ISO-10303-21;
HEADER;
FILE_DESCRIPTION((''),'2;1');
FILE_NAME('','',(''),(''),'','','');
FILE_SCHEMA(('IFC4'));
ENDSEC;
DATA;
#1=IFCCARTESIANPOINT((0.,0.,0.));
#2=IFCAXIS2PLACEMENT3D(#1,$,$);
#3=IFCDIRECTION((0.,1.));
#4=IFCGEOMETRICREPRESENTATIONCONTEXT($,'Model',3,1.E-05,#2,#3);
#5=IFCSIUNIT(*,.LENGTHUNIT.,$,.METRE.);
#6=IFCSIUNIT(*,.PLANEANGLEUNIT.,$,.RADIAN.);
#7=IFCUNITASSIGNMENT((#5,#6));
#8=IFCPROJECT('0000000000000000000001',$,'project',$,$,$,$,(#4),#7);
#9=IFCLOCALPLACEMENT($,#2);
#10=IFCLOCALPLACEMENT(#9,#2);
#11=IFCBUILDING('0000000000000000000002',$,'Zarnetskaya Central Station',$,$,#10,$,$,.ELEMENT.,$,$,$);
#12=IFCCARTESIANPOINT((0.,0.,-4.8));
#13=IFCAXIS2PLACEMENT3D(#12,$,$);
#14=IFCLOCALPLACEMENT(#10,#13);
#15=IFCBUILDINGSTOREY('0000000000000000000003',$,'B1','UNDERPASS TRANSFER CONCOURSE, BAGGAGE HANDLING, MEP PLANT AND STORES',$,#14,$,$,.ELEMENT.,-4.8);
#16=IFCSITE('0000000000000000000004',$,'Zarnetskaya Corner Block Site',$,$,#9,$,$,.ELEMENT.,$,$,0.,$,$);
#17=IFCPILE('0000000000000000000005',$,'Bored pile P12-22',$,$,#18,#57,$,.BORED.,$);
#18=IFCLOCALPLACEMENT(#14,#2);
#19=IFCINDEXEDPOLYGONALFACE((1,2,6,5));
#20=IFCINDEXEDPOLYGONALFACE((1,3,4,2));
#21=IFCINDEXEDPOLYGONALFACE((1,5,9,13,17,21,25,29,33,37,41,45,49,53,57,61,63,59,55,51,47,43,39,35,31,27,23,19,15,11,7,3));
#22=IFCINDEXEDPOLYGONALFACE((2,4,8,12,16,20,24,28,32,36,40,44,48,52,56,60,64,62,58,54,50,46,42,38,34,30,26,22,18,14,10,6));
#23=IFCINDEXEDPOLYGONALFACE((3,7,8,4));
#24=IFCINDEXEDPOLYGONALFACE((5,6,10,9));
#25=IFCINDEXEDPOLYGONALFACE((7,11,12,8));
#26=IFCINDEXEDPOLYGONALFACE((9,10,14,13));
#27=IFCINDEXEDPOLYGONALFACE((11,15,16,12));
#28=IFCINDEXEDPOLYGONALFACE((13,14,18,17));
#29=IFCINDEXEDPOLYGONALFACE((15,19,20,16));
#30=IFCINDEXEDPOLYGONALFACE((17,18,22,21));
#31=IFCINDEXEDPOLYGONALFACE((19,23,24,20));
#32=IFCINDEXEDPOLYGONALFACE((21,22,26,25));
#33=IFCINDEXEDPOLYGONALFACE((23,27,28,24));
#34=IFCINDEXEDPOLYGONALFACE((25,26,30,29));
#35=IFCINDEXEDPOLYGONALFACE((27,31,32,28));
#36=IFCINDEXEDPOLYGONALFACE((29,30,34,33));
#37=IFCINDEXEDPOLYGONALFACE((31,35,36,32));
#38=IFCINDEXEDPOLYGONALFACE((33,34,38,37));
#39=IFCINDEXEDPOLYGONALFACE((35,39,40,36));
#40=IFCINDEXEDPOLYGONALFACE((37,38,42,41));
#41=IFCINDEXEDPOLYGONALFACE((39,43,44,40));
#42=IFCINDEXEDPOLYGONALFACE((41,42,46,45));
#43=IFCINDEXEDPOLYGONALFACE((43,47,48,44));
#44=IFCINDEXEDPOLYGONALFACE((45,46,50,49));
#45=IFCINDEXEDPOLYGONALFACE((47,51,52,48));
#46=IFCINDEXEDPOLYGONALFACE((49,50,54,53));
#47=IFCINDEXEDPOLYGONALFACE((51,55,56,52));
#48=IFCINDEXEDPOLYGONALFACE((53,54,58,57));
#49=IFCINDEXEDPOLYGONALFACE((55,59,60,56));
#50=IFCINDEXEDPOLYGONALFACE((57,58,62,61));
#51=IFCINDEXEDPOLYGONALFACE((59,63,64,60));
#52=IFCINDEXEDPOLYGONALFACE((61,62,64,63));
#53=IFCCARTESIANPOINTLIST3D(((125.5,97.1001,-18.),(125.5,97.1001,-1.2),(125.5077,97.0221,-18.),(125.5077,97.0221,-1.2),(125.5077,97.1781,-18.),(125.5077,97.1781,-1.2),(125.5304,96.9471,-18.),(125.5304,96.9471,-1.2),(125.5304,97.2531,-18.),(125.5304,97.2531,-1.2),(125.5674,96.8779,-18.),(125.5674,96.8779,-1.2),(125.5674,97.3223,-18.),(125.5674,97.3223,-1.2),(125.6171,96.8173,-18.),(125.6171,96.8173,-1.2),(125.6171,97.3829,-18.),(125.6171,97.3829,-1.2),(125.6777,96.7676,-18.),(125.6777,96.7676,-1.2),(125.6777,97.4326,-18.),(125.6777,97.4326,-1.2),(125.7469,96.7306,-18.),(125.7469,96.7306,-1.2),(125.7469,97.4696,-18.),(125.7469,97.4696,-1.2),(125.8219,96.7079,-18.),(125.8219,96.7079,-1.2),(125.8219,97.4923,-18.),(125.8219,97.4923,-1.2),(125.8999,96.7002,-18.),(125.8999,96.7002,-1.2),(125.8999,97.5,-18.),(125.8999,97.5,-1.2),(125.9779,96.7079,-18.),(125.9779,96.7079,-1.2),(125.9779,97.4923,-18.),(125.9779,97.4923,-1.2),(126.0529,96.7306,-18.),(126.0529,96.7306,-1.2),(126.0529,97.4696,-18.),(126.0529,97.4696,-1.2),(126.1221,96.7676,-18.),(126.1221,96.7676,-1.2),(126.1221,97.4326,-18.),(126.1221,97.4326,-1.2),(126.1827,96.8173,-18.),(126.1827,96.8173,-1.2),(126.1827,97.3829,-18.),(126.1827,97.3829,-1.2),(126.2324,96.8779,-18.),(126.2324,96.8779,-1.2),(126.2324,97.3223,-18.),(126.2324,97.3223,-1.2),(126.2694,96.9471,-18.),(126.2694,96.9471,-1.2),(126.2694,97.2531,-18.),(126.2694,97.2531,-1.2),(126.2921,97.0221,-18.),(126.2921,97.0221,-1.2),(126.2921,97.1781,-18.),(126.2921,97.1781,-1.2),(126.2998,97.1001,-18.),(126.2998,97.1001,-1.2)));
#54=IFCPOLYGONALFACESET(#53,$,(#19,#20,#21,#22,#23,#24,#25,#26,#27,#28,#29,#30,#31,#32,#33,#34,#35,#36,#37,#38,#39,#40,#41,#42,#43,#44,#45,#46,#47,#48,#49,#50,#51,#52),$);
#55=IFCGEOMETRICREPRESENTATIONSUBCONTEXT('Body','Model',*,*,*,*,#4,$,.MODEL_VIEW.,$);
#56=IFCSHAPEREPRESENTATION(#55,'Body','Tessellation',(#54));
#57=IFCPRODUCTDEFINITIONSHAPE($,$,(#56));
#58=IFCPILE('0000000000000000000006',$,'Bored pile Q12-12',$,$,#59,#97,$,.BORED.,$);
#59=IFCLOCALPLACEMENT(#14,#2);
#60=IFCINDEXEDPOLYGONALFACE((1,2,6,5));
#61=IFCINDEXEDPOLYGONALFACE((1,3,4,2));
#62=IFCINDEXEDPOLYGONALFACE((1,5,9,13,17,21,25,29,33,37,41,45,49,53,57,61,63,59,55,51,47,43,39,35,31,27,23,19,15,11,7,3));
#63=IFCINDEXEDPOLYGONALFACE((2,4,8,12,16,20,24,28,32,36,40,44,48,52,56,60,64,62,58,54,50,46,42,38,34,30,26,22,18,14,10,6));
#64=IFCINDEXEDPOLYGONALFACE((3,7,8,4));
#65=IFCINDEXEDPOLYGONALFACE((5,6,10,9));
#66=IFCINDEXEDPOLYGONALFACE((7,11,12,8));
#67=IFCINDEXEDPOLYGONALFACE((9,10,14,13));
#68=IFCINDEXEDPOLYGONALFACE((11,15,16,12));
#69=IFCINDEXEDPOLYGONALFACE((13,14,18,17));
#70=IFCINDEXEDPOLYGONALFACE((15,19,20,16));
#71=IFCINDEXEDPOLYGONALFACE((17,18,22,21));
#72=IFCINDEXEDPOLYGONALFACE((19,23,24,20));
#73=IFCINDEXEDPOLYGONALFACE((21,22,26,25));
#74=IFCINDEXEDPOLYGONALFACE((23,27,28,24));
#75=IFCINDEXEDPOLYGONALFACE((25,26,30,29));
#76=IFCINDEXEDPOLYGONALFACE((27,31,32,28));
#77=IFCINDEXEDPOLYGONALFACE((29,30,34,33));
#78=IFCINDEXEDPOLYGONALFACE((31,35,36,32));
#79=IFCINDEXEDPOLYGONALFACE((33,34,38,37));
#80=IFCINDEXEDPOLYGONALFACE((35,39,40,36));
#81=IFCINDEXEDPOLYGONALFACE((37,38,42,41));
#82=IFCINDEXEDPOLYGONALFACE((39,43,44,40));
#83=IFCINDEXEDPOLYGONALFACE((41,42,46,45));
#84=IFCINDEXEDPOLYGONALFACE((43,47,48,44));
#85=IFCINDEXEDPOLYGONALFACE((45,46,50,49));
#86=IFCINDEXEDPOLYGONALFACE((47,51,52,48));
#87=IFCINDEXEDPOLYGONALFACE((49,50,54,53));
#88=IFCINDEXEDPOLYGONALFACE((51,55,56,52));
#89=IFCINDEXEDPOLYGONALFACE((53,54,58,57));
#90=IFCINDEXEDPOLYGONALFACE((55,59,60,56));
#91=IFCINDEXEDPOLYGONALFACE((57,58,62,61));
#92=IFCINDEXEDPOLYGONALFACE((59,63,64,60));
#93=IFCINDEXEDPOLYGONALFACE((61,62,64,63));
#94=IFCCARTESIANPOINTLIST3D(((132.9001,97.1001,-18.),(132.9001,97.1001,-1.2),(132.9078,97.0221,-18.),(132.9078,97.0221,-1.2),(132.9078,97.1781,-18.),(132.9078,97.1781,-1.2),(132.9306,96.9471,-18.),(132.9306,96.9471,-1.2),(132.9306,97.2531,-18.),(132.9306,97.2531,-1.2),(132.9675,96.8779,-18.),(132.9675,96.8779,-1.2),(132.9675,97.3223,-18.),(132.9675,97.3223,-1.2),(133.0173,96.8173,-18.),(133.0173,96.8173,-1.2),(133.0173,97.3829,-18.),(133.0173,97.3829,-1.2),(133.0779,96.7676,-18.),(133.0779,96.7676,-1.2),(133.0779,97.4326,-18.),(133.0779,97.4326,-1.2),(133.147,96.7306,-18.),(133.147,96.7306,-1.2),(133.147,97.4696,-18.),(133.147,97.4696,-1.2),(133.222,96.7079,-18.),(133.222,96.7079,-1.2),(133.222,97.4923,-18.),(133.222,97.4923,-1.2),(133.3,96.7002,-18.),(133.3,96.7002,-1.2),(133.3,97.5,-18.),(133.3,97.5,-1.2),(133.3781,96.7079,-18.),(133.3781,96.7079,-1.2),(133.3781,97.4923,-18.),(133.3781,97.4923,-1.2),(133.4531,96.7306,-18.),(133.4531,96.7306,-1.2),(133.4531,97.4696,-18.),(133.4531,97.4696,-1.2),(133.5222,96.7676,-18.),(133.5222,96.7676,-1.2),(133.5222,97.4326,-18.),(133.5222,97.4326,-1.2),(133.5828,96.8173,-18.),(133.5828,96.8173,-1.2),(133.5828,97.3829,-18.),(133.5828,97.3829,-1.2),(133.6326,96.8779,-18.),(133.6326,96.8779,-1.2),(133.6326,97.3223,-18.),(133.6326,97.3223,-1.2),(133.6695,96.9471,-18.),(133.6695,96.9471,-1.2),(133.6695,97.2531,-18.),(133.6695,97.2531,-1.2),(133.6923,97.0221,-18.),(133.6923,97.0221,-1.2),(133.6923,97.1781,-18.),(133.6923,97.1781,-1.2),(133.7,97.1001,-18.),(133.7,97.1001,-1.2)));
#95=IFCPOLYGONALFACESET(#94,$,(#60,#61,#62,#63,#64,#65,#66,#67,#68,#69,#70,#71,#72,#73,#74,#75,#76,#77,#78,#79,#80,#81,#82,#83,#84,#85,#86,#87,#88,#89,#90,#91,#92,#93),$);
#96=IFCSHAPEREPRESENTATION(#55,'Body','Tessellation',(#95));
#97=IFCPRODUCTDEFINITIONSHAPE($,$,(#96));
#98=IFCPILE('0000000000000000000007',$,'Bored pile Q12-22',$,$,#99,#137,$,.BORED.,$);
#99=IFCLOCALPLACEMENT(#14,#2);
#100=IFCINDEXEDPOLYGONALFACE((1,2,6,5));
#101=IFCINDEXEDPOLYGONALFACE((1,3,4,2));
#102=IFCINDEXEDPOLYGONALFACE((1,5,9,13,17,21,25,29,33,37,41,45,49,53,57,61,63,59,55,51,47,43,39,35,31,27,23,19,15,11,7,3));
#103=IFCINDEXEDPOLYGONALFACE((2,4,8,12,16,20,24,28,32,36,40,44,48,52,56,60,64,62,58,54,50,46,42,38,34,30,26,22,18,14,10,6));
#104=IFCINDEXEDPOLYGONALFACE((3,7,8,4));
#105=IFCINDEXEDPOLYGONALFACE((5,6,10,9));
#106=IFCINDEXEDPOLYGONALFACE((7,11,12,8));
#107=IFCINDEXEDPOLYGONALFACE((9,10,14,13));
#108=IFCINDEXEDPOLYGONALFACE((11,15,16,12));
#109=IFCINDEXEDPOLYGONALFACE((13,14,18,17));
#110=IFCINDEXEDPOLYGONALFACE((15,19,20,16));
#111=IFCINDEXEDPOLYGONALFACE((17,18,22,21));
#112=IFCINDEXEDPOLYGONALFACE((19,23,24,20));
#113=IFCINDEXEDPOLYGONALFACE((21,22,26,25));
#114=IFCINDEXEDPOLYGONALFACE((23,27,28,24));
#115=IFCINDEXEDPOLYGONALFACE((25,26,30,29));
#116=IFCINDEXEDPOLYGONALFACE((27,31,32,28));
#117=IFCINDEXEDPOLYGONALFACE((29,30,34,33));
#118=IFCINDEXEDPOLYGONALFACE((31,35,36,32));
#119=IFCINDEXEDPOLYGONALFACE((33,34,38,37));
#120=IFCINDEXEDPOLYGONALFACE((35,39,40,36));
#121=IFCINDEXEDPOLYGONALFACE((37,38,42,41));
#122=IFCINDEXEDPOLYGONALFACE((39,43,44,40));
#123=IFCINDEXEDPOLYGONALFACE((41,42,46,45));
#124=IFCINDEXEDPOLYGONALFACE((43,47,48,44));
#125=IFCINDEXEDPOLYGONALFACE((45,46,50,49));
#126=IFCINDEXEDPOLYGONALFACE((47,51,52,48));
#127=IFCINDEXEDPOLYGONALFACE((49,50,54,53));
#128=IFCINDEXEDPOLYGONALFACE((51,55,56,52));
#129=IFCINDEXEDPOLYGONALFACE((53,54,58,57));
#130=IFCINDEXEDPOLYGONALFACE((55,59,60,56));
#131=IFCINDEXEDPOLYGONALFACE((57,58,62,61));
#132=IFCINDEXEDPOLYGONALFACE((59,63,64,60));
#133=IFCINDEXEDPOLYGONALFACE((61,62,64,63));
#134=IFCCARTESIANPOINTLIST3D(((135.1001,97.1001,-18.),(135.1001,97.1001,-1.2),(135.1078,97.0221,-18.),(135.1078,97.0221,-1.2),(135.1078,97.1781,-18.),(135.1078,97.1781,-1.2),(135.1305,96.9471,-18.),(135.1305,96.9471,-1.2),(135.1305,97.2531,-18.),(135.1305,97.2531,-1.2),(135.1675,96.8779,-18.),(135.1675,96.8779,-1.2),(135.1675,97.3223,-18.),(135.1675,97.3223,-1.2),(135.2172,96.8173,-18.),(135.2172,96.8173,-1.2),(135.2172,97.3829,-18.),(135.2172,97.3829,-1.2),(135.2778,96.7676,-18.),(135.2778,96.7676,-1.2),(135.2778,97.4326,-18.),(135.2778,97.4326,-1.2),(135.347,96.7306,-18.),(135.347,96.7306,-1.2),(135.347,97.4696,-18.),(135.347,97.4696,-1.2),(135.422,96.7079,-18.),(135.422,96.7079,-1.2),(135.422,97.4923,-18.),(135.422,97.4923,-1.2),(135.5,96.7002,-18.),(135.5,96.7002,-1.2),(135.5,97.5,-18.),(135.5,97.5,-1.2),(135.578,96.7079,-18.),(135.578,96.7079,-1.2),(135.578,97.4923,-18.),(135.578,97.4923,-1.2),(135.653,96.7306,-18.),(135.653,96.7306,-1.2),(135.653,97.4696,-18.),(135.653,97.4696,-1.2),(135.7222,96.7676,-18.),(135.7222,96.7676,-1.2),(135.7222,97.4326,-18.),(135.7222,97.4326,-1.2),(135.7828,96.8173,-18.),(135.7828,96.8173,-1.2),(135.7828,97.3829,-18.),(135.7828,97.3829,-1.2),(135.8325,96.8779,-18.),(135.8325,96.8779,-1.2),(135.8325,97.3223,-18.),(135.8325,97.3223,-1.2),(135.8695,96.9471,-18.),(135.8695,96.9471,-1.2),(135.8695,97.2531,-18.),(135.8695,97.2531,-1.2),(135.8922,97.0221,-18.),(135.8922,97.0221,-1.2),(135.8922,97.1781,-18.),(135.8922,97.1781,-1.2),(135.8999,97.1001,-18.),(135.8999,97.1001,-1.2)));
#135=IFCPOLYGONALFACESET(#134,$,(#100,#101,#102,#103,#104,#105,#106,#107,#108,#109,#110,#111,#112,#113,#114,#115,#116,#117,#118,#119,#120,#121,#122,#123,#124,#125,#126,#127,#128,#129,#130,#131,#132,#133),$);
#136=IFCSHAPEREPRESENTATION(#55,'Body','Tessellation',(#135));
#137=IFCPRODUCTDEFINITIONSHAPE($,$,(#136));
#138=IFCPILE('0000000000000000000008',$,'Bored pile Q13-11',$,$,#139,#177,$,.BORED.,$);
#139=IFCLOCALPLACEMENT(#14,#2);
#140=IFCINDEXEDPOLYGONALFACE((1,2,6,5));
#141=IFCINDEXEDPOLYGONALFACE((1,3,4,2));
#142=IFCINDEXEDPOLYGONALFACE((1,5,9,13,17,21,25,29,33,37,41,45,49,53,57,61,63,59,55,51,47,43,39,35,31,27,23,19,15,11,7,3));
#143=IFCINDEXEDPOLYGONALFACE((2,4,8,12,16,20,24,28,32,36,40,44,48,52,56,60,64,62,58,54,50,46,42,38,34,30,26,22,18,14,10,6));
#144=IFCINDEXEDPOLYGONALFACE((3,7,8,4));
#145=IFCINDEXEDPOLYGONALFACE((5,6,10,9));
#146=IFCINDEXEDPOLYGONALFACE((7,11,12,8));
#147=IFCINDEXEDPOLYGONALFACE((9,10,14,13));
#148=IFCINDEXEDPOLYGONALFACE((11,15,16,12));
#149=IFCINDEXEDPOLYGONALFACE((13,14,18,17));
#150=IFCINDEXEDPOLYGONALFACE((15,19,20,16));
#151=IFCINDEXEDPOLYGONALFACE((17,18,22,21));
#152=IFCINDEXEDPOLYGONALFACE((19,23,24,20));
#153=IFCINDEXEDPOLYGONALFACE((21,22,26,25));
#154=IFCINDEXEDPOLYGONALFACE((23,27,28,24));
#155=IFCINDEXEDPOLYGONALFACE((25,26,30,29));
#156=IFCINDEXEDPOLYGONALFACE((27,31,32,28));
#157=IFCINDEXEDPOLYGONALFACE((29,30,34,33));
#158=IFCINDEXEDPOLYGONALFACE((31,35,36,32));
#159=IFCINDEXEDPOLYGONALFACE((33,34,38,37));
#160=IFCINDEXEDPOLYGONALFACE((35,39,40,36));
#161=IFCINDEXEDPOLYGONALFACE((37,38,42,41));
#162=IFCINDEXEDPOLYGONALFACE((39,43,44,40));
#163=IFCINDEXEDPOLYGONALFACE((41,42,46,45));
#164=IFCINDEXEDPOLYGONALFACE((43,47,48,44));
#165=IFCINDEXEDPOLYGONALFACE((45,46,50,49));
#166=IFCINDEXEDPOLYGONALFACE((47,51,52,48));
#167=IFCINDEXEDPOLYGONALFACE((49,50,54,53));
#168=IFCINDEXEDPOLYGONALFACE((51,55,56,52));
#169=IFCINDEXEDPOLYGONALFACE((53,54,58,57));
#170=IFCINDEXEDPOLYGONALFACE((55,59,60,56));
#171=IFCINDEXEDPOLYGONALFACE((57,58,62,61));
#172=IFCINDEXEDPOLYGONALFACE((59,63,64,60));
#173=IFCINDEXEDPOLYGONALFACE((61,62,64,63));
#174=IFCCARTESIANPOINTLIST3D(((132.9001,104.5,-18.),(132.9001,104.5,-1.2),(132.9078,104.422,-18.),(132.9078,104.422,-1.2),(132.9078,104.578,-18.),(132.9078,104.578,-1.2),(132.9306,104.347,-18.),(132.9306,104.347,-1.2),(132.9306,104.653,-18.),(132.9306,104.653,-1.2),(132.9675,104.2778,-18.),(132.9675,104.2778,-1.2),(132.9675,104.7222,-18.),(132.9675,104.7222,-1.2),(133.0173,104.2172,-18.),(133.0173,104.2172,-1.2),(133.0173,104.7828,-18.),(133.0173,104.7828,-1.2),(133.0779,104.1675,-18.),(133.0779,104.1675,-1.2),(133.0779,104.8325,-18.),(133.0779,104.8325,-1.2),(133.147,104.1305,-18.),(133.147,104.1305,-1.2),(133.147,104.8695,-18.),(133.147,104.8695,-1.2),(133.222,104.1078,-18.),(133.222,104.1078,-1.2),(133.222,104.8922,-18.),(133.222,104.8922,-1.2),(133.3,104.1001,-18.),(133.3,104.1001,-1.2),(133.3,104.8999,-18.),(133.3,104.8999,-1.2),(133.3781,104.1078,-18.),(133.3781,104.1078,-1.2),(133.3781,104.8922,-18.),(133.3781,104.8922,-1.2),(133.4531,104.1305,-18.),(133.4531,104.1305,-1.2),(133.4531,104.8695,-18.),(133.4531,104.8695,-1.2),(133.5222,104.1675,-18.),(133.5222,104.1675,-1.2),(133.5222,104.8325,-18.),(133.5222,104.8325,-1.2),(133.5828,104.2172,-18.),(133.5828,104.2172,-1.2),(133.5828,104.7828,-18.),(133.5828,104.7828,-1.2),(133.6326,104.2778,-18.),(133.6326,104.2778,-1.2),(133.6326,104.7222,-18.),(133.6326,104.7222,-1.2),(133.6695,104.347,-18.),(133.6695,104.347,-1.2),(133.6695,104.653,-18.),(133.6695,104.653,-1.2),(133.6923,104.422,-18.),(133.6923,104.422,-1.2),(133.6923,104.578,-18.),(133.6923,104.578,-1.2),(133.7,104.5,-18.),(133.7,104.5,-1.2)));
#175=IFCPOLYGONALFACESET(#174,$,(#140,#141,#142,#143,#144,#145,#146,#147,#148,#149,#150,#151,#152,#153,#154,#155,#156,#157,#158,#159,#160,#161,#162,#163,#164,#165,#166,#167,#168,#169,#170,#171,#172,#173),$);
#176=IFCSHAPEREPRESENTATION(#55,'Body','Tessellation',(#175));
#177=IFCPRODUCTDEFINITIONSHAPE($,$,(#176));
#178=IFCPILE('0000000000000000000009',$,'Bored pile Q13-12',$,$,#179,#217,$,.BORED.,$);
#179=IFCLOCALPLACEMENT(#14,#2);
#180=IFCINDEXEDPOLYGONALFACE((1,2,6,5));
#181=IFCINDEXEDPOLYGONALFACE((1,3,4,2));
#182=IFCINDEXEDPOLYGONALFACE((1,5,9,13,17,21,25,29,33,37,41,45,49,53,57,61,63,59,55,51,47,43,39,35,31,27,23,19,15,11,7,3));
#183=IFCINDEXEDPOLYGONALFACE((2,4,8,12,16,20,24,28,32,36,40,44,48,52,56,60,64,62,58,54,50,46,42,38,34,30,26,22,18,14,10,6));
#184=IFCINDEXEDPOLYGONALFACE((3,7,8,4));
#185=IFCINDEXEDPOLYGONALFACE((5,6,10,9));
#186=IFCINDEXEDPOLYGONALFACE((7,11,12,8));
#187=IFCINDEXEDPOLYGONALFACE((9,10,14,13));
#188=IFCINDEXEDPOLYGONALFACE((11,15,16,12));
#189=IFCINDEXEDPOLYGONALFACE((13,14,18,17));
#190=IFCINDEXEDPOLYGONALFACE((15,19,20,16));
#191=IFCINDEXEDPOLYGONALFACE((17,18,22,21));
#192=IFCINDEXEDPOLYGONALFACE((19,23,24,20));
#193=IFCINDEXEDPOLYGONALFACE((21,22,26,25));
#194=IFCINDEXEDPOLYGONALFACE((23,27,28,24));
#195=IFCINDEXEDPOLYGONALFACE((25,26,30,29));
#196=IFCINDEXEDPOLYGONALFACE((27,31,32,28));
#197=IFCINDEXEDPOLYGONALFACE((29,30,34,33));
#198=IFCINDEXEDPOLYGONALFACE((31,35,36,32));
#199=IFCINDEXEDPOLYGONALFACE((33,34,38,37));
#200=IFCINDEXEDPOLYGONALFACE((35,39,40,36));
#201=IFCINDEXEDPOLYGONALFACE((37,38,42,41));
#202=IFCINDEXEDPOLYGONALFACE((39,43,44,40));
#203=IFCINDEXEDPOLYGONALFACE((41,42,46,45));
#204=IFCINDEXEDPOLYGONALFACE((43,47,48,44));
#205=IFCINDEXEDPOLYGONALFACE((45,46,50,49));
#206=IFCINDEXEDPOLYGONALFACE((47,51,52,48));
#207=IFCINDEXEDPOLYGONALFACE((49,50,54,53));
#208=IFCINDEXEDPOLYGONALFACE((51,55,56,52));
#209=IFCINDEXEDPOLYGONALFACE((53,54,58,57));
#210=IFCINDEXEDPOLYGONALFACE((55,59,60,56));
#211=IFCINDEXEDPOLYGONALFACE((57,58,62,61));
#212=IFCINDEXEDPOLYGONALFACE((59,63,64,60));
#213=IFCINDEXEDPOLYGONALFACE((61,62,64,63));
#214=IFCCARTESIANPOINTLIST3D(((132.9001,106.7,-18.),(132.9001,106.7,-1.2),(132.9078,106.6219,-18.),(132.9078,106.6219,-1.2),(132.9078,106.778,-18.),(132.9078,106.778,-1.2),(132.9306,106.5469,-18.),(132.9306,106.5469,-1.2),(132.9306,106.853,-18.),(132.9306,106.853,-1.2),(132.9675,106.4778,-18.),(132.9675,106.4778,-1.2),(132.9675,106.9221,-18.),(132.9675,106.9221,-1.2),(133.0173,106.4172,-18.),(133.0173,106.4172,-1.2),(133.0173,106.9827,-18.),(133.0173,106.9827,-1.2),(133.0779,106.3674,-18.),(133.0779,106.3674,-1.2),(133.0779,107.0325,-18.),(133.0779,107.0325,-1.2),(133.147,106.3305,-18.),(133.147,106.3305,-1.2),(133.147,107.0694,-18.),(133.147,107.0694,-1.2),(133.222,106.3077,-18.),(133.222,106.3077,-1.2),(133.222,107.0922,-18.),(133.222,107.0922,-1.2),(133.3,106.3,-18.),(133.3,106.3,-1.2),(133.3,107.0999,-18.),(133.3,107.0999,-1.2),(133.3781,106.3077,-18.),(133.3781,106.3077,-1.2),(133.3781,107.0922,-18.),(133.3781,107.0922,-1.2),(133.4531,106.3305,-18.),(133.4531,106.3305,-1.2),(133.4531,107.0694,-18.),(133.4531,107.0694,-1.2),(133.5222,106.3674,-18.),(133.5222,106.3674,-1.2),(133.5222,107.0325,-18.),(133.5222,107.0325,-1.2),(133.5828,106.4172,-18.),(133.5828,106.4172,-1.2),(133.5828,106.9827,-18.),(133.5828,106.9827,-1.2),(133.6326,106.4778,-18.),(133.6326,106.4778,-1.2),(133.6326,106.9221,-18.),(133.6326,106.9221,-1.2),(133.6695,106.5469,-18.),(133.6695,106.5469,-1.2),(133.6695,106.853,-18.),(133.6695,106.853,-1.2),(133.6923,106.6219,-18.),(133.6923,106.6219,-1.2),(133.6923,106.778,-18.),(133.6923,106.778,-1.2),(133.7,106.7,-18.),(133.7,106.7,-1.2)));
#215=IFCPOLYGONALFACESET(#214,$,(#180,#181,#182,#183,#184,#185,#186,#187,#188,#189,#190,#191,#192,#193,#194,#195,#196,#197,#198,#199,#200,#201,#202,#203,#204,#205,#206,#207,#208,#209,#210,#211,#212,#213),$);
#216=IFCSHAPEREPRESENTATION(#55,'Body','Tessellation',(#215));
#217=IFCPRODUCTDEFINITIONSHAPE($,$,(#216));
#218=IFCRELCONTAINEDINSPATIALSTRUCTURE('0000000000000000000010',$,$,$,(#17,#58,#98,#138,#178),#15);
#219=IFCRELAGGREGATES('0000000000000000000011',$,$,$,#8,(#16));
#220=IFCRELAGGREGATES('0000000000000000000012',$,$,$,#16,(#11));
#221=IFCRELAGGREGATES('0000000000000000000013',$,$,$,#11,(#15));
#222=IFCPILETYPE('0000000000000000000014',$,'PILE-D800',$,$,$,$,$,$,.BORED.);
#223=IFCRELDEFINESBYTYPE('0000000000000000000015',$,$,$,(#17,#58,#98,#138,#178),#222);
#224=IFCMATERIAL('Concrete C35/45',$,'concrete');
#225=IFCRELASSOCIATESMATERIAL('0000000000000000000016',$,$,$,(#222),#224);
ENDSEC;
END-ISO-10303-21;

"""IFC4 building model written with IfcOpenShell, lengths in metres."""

from ifc_helpers import new_model, si_unit, direction, frame, origin, origin_2d, place, context, subcontext, project, spatial, circle, extrude, material, material_profile, profile_set, type_object, element, save


model = new_model("IFC4")

# Units and contexts
model_context = context("Model", 3, precision=1e-05, world=origin(), true_north=direction((0.0, 1.0)))
body_context = subcontext(model_context, "Body", "Model", "MODEL_VIEW")
ifc_project = project(units=[si_unit("LENGTHUNIT", "METRE"), si_unit("PLANEANGLEUNIT", "RADIAN")], contexts=[model_context])

# Site, building, storey
site_placement = place(None, origin())
site = spatial("IfcSite", under=ifc_project, at=site_placement, Name="Zarnetskaya Corner Block Site", CompositionType="ELEMENT", RefElevation=0.0)
building_placement = place(site_placement, origin())
building = spatial("IfcBuilding", under=site, at=building_placement, Name="Zarnetskaya Central Station", CompositionType="ELEMENT")
storey_placement = place(building_placement, frame((0.0, 0.0, -4.8)))
storey = spatial("IfcBuildingStorey", under=building, at=storey_placement, Name="B1", Description="UNDERPASS TRANSFER CONCOURSE, BAGGAGE HANDLING, MEP PLANT AND STORES", CompositionType="ELEMENT", Elevation=-4.8)

# Shared definitions
ifc_material = material(Name="Concrete C35/45", Category="concrete")

# Piles
ifc_material_profile_1 = material_profile(ifc_material, circle(Radius=0.3999, at=origin_2d()), Name="BORED PILE D800")
ifc_profile_set_1 = profile_set([ifc_material_profile_1], Name="Concrete C35/45")
pile_type_1 = type_object("IfcPileType", Name="PILE-D800", PredefinedType="BORED", material=ifc_profile_set_1)
for number, where, z_axis, x_axis, name in (
    (1, (125.8999, 97.1001, -1.2), (0.0, 0.0, -1.0), (1.0, 0.0, 0.0), "Bored pile P12-22"),
    (2, (133.3, 97.1001, -1.2), (0.0, 0.0, -1.0), (1.0, 0.0, 0.0), "Bored pile Q12-12"),
    (3, (135.5, 97.1001, -1.2), (0.0, 0.0, -1.0), (1.0, 0.0, 0.0), "Bored pile Q12-22"),
    (4, (133.3, 104.5, -1.2), (0.0, 0.0, -1.0), (1.0, 0.0, 0.0), "Bored pile Q13-11"),
    (5, (133.3, 106.7, -1.2), (0.0, 0.0, -1.0), (1.0, 0.0, 0.0), "Bored pile Q13-12"),
):
    element("IfcPile", number, at=place(storey_placement, frame(where, z_axis=z_axis, x_axis=x_axis)), inside=storey, type_object=pile_type_1, Name=name, PredefinedType="BORED", context=body_context, shape_type="SweptSolid", body=[
        extrude(circle(Radius=0.3999, at=origin_2d()), origin(), (0.0, 0.0, 1.0), 16.8),
    ])

save(model, "model.ifc")
